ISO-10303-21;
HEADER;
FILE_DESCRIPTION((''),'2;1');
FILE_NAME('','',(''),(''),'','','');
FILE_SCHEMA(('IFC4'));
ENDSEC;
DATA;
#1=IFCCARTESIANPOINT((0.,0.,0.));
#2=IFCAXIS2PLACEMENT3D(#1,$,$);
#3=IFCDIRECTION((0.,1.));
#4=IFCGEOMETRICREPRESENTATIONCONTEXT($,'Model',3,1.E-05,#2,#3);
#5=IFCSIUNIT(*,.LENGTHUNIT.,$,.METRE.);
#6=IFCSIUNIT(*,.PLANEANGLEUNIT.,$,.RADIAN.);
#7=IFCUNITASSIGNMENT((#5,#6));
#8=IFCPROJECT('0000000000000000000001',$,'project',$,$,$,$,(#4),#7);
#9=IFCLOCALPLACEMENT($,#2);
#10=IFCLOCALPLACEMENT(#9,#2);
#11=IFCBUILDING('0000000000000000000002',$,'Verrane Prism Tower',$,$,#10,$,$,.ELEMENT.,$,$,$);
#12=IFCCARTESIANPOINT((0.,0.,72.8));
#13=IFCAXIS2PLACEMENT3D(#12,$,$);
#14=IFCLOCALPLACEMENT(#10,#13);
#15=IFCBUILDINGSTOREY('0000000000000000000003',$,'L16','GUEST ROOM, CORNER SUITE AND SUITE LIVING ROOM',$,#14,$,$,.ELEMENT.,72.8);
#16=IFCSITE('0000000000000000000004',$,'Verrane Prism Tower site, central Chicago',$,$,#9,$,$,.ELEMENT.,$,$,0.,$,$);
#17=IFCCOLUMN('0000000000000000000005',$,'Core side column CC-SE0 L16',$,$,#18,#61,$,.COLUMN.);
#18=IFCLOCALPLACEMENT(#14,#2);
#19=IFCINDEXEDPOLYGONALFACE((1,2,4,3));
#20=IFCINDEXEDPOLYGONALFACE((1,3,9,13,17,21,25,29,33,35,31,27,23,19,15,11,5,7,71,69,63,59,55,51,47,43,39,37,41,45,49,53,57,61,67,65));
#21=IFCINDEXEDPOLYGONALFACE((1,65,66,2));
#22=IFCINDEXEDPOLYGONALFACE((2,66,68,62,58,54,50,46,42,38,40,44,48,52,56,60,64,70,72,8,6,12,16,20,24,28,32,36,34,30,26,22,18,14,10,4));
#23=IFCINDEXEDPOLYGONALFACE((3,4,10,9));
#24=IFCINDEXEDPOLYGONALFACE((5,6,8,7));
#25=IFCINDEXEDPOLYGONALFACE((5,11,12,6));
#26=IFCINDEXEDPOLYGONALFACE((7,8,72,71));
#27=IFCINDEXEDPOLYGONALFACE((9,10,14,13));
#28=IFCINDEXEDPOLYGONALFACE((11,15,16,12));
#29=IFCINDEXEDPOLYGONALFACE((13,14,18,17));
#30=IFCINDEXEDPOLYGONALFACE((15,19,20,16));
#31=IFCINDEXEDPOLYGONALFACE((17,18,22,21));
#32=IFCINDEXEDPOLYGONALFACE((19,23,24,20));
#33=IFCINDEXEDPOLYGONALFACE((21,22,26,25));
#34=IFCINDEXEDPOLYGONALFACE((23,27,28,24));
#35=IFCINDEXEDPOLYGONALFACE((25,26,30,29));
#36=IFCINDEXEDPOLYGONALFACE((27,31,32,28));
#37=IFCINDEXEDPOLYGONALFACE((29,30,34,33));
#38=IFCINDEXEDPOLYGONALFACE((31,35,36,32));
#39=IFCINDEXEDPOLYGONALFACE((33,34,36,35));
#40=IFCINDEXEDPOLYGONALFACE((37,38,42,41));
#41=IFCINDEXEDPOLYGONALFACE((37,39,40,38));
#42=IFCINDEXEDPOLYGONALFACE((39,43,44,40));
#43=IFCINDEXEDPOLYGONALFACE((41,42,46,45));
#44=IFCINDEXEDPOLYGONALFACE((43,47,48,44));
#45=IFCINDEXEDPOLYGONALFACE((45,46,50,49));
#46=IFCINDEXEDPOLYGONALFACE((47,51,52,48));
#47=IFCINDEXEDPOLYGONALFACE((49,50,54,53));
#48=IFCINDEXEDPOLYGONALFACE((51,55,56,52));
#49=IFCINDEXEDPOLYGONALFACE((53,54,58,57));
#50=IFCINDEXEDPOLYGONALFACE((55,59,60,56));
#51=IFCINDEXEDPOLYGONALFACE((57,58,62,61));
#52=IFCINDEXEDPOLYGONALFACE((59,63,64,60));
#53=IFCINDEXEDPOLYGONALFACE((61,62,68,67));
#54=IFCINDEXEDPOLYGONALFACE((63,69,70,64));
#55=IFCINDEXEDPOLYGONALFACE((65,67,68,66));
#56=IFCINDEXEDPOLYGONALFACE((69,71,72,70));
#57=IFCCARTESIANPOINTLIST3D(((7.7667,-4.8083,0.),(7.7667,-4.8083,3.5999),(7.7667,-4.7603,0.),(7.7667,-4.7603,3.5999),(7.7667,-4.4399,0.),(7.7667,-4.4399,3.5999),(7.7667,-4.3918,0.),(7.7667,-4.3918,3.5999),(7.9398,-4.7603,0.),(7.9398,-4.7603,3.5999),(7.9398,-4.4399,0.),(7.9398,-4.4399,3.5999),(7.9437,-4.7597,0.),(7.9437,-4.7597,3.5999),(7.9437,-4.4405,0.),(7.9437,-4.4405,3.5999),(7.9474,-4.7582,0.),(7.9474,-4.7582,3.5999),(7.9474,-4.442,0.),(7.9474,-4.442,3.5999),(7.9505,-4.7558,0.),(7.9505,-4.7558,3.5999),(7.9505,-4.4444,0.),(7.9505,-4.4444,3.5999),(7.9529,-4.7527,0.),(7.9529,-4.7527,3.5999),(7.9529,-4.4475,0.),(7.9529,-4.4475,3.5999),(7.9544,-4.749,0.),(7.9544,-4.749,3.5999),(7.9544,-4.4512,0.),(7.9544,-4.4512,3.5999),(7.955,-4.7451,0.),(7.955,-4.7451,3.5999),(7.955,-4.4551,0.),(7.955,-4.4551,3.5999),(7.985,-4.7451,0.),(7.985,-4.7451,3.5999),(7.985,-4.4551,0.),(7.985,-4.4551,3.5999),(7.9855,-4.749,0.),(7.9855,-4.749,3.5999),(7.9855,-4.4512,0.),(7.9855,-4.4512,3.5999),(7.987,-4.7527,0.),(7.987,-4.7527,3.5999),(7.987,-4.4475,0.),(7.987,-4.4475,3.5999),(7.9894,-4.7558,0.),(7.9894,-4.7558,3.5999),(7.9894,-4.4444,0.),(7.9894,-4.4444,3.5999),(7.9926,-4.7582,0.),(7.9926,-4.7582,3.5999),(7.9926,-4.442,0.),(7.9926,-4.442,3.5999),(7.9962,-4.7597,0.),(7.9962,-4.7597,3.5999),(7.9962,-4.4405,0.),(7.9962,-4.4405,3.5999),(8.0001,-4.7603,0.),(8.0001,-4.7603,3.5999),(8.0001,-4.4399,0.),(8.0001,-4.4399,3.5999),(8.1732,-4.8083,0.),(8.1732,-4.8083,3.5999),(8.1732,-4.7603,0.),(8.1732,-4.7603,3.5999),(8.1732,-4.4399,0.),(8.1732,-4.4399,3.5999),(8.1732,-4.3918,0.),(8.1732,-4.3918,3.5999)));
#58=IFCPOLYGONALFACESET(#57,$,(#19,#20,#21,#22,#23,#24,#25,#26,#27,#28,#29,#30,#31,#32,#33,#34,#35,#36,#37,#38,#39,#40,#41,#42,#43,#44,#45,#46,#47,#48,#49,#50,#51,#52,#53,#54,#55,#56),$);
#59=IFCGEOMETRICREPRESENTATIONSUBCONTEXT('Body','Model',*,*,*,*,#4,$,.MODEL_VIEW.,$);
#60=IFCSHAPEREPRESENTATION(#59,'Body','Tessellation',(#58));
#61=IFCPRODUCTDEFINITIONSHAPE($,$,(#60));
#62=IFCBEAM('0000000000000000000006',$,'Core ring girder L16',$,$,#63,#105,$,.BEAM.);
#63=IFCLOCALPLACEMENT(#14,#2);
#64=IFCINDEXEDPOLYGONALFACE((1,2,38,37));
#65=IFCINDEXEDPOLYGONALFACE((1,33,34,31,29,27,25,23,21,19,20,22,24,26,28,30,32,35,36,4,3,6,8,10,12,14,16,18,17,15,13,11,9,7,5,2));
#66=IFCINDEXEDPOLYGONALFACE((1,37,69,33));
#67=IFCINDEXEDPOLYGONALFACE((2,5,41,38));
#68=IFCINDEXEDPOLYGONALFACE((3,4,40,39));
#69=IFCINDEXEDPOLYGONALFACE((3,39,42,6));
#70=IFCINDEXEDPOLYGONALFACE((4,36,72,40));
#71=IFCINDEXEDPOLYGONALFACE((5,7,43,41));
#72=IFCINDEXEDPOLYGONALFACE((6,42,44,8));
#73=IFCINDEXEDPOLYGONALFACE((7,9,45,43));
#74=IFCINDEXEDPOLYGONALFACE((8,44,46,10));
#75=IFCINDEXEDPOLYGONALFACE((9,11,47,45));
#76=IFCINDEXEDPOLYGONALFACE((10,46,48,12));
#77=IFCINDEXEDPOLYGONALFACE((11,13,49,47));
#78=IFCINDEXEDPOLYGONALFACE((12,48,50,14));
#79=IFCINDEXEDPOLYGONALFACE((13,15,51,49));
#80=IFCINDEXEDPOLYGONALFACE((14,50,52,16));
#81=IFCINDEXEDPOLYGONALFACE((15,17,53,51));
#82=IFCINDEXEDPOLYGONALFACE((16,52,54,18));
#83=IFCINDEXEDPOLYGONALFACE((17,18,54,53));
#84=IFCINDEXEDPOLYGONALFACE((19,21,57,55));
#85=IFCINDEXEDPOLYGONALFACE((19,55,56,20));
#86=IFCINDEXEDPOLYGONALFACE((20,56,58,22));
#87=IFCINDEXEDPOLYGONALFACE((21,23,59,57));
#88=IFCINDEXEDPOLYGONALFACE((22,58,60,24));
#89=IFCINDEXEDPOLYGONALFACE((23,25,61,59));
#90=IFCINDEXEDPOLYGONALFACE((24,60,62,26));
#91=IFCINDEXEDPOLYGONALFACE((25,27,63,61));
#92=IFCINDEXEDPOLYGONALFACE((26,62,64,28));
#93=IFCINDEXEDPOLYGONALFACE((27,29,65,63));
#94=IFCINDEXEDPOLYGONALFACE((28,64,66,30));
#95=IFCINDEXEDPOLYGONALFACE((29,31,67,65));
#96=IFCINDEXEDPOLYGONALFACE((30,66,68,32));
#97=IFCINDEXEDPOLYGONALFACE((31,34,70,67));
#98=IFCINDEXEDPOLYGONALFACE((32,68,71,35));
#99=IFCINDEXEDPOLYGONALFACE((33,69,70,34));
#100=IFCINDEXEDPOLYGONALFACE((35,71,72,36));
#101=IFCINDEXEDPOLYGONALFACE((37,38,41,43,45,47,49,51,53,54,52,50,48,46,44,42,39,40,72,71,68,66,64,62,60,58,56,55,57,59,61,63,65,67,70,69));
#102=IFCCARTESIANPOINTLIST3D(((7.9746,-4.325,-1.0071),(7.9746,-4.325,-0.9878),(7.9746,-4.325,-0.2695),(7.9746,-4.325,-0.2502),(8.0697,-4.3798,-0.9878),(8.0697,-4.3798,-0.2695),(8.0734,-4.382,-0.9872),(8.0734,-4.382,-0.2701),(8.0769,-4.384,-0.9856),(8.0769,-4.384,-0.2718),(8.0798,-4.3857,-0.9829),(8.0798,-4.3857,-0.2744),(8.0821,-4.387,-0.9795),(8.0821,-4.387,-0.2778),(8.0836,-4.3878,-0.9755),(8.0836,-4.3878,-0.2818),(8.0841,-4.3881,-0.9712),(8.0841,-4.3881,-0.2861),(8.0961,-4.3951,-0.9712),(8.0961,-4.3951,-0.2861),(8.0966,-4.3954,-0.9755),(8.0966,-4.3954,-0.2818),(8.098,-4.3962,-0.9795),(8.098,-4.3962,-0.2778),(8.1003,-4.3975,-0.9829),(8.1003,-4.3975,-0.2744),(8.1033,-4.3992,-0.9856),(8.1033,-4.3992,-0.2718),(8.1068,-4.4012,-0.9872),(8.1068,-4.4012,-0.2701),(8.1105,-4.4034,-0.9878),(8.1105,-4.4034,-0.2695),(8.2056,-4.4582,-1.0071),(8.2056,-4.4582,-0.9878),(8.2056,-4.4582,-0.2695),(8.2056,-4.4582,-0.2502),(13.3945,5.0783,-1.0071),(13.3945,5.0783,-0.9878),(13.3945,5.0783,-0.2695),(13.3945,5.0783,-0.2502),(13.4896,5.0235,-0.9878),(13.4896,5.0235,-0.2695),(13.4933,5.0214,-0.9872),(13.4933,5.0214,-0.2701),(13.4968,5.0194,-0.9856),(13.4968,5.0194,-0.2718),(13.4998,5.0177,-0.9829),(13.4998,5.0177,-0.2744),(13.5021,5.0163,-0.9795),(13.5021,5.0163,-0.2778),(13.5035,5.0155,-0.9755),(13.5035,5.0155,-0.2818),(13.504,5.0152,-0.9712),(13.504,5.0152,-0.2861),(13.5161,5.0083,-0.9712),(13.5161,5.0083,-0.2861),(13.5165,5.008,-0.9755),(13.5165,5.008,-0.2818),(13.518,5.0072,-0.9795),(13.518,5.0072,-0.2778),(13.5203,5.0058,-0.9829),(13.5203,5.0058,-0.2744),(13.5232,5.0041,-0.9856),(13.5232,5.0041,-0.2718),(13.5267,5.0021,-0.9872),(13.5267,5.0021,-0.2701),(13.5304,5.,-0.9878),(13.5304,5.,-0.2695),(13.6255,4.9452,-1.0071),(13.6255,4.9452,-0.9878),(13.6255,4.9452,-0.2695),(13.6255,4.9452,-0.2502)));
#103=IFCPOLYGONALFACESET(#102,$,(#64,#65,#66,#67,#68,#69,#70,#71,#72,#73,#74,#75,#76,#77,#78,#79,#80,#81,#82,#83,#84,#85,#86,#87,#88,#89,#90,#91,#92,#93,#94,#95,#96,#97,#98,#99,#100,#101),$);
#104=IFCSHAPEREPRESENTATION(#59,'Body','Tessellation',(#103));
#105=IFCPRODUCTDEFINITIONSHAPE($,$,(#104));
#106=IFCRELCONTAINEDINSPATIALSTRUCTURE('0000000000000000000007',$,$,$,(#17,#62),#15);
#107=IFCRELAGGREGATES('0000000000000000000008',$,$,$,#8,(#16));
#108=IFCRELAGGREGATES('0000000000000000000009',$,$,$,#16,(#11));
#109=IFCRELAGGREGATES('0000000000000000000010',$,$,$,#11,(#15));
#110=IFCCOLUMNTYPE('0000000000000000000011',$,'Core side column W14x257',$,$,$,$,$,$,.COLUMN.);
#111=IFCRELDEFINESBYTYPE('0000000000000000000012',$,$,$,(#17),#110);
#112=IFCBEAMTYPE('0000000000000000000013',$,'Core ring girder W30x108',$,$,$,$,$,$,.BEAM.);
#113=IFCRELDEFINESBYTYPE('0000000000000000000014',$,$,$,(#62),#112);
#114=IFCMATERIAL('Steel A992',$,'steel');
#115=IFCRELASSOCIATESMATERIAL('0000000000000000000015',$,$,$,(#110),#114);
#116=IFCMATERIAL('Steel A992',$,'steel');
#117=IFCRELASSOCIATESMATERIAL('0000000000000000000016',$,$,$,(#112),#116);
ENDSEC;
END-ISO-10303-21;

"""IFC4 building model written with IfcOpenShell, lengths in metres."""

from ifc_helpers import new_model, si_unit, direction, frame, origin, origin_2d, place, context, subcontext, project, spatial, i_section, extrude, material, material_profile, profile_set, type_object, element, save


model = new_model("IFC4")

# Units and contexts
model_context = context("Model", 3, precision=1e-05, world=origin(), true_north=direction((0.0, 1.0)))
body_context = subcontext(model_context, "Body", "Model", "MODEL_VIEW")
ifc_project = project(units=[si_unit("LENGTHUNIT", "METRE"), si_unit("PLANEANGLEUNIT", "RADIAN")], contexts=[model_context])

# Site, building, storey
site_placement = place(None, origin())
site = spatial("IfcSite", under=ifc_project, at=site_placement, Name="Verrane Prism Tower site, central Chicago", CompositionType="ELEMENT", RefElevation=0.0)
building_placement = place(site_placement, origin())
building = spatial("IfcBuilding", under=site, at=building_placement, Name="Verrane Prism Tower", CompositionType="ELEMENT")
storey_placement = place(building_placement, frame((0.0, 0.0, 72.8)))
storey = spatial("IfcBuildingStorey", under=building, at=storey_placement, Name="L16", Description="GUEST ROOM, CORNER SUITE AND SUITE LIVING ROOM", CompositionType="ELEMENT", Elevation=72.8)

# Column
ifc_material_1 = material(Name="Steel A992", Category="steel")
ifc_material_profile_1 = material_profile(ifc_material_1, i_section(OverallWidth=0.4065, OverallDepth=0.4165, WebThickness=0.03, FlangeThickness=0.0481, FilletRadius=0.0151, at=origin_2d()), Name="W14x257")
ifc_profile_set_1 = profile_set([ifc_material_profile_1], Name="Steel A992")
column_type = type_object("IfcColumnType", Name="Core side column W14x257", PredefinedType="COLUMN", material=ifc_profile_set_1)
column_placement = place(storey_placement, frame((7.97, -4.6001, 0.0), z_axis=(0.0, 0.0, 1.0), x_axis=(1.0, 0.0, 0.0)))
element("IfcColumn", 1, at=column_placement, inside=storey, type_object=column_type, Name="Core side column CC-SE0 L16", PredefinedType="COLUMN", context=body_context, shape_type="SweptSolid", body=[
    extrude(i_section(OverallWidth=0.4065, OverallDepth=0.4165, WebThickness=0.03, FlangeThickness=0.0481, FilletRadius=0.0151, at=origin_2d()), origin(), (0.0, 0.0, 1.0), 3.5999),
])

# Beam
ifc_material_2 = material(Name="Steel A992", Category="steel")
ifc_material_profile_2 = material_profile(ifc_material_2, i_section(OverallWidth=0.2666, OverallDepth=0.7568, WebThickness=0.0139, FlangeThickness=0.0193, FilletRadius=0.0166, at=origin_2d()), Name="W30x108")
ifc_profile_set_2 = profile_set([ifc_material_profile_2], Name="Steel A992")
beam_type = type_object("IfcBeamType", Name="Core ring girder W30x108", PredefinedType="BEAM", material=ifc_profile_set_2)
beam_placement = place(storey_placement, frame((8.0901, -4.3916, -0.6287), z_axis=(0.499372, 0.866388, 0.0), x_axis=(-0.866388, 0.499372, 0.0)))
element("IfcBeam", 2, at=beam_placement, inside=storey, type_object=beam_type, Name="Core ring girder L16", PredefinedType="BEAM", context=body_context, shape_type="SweptSolid", body=[
    extrude(i_section(OverallWidth=0.2666, OverallDepth=0.7568, WebThickness=0.0139, FlangeThickness=0.0193, FilletRadius=0.0166, at=origin_2d()), origin(), (0.0, 0.0, 1.0), 10.8535),
])

save(model, "model.ifc")
